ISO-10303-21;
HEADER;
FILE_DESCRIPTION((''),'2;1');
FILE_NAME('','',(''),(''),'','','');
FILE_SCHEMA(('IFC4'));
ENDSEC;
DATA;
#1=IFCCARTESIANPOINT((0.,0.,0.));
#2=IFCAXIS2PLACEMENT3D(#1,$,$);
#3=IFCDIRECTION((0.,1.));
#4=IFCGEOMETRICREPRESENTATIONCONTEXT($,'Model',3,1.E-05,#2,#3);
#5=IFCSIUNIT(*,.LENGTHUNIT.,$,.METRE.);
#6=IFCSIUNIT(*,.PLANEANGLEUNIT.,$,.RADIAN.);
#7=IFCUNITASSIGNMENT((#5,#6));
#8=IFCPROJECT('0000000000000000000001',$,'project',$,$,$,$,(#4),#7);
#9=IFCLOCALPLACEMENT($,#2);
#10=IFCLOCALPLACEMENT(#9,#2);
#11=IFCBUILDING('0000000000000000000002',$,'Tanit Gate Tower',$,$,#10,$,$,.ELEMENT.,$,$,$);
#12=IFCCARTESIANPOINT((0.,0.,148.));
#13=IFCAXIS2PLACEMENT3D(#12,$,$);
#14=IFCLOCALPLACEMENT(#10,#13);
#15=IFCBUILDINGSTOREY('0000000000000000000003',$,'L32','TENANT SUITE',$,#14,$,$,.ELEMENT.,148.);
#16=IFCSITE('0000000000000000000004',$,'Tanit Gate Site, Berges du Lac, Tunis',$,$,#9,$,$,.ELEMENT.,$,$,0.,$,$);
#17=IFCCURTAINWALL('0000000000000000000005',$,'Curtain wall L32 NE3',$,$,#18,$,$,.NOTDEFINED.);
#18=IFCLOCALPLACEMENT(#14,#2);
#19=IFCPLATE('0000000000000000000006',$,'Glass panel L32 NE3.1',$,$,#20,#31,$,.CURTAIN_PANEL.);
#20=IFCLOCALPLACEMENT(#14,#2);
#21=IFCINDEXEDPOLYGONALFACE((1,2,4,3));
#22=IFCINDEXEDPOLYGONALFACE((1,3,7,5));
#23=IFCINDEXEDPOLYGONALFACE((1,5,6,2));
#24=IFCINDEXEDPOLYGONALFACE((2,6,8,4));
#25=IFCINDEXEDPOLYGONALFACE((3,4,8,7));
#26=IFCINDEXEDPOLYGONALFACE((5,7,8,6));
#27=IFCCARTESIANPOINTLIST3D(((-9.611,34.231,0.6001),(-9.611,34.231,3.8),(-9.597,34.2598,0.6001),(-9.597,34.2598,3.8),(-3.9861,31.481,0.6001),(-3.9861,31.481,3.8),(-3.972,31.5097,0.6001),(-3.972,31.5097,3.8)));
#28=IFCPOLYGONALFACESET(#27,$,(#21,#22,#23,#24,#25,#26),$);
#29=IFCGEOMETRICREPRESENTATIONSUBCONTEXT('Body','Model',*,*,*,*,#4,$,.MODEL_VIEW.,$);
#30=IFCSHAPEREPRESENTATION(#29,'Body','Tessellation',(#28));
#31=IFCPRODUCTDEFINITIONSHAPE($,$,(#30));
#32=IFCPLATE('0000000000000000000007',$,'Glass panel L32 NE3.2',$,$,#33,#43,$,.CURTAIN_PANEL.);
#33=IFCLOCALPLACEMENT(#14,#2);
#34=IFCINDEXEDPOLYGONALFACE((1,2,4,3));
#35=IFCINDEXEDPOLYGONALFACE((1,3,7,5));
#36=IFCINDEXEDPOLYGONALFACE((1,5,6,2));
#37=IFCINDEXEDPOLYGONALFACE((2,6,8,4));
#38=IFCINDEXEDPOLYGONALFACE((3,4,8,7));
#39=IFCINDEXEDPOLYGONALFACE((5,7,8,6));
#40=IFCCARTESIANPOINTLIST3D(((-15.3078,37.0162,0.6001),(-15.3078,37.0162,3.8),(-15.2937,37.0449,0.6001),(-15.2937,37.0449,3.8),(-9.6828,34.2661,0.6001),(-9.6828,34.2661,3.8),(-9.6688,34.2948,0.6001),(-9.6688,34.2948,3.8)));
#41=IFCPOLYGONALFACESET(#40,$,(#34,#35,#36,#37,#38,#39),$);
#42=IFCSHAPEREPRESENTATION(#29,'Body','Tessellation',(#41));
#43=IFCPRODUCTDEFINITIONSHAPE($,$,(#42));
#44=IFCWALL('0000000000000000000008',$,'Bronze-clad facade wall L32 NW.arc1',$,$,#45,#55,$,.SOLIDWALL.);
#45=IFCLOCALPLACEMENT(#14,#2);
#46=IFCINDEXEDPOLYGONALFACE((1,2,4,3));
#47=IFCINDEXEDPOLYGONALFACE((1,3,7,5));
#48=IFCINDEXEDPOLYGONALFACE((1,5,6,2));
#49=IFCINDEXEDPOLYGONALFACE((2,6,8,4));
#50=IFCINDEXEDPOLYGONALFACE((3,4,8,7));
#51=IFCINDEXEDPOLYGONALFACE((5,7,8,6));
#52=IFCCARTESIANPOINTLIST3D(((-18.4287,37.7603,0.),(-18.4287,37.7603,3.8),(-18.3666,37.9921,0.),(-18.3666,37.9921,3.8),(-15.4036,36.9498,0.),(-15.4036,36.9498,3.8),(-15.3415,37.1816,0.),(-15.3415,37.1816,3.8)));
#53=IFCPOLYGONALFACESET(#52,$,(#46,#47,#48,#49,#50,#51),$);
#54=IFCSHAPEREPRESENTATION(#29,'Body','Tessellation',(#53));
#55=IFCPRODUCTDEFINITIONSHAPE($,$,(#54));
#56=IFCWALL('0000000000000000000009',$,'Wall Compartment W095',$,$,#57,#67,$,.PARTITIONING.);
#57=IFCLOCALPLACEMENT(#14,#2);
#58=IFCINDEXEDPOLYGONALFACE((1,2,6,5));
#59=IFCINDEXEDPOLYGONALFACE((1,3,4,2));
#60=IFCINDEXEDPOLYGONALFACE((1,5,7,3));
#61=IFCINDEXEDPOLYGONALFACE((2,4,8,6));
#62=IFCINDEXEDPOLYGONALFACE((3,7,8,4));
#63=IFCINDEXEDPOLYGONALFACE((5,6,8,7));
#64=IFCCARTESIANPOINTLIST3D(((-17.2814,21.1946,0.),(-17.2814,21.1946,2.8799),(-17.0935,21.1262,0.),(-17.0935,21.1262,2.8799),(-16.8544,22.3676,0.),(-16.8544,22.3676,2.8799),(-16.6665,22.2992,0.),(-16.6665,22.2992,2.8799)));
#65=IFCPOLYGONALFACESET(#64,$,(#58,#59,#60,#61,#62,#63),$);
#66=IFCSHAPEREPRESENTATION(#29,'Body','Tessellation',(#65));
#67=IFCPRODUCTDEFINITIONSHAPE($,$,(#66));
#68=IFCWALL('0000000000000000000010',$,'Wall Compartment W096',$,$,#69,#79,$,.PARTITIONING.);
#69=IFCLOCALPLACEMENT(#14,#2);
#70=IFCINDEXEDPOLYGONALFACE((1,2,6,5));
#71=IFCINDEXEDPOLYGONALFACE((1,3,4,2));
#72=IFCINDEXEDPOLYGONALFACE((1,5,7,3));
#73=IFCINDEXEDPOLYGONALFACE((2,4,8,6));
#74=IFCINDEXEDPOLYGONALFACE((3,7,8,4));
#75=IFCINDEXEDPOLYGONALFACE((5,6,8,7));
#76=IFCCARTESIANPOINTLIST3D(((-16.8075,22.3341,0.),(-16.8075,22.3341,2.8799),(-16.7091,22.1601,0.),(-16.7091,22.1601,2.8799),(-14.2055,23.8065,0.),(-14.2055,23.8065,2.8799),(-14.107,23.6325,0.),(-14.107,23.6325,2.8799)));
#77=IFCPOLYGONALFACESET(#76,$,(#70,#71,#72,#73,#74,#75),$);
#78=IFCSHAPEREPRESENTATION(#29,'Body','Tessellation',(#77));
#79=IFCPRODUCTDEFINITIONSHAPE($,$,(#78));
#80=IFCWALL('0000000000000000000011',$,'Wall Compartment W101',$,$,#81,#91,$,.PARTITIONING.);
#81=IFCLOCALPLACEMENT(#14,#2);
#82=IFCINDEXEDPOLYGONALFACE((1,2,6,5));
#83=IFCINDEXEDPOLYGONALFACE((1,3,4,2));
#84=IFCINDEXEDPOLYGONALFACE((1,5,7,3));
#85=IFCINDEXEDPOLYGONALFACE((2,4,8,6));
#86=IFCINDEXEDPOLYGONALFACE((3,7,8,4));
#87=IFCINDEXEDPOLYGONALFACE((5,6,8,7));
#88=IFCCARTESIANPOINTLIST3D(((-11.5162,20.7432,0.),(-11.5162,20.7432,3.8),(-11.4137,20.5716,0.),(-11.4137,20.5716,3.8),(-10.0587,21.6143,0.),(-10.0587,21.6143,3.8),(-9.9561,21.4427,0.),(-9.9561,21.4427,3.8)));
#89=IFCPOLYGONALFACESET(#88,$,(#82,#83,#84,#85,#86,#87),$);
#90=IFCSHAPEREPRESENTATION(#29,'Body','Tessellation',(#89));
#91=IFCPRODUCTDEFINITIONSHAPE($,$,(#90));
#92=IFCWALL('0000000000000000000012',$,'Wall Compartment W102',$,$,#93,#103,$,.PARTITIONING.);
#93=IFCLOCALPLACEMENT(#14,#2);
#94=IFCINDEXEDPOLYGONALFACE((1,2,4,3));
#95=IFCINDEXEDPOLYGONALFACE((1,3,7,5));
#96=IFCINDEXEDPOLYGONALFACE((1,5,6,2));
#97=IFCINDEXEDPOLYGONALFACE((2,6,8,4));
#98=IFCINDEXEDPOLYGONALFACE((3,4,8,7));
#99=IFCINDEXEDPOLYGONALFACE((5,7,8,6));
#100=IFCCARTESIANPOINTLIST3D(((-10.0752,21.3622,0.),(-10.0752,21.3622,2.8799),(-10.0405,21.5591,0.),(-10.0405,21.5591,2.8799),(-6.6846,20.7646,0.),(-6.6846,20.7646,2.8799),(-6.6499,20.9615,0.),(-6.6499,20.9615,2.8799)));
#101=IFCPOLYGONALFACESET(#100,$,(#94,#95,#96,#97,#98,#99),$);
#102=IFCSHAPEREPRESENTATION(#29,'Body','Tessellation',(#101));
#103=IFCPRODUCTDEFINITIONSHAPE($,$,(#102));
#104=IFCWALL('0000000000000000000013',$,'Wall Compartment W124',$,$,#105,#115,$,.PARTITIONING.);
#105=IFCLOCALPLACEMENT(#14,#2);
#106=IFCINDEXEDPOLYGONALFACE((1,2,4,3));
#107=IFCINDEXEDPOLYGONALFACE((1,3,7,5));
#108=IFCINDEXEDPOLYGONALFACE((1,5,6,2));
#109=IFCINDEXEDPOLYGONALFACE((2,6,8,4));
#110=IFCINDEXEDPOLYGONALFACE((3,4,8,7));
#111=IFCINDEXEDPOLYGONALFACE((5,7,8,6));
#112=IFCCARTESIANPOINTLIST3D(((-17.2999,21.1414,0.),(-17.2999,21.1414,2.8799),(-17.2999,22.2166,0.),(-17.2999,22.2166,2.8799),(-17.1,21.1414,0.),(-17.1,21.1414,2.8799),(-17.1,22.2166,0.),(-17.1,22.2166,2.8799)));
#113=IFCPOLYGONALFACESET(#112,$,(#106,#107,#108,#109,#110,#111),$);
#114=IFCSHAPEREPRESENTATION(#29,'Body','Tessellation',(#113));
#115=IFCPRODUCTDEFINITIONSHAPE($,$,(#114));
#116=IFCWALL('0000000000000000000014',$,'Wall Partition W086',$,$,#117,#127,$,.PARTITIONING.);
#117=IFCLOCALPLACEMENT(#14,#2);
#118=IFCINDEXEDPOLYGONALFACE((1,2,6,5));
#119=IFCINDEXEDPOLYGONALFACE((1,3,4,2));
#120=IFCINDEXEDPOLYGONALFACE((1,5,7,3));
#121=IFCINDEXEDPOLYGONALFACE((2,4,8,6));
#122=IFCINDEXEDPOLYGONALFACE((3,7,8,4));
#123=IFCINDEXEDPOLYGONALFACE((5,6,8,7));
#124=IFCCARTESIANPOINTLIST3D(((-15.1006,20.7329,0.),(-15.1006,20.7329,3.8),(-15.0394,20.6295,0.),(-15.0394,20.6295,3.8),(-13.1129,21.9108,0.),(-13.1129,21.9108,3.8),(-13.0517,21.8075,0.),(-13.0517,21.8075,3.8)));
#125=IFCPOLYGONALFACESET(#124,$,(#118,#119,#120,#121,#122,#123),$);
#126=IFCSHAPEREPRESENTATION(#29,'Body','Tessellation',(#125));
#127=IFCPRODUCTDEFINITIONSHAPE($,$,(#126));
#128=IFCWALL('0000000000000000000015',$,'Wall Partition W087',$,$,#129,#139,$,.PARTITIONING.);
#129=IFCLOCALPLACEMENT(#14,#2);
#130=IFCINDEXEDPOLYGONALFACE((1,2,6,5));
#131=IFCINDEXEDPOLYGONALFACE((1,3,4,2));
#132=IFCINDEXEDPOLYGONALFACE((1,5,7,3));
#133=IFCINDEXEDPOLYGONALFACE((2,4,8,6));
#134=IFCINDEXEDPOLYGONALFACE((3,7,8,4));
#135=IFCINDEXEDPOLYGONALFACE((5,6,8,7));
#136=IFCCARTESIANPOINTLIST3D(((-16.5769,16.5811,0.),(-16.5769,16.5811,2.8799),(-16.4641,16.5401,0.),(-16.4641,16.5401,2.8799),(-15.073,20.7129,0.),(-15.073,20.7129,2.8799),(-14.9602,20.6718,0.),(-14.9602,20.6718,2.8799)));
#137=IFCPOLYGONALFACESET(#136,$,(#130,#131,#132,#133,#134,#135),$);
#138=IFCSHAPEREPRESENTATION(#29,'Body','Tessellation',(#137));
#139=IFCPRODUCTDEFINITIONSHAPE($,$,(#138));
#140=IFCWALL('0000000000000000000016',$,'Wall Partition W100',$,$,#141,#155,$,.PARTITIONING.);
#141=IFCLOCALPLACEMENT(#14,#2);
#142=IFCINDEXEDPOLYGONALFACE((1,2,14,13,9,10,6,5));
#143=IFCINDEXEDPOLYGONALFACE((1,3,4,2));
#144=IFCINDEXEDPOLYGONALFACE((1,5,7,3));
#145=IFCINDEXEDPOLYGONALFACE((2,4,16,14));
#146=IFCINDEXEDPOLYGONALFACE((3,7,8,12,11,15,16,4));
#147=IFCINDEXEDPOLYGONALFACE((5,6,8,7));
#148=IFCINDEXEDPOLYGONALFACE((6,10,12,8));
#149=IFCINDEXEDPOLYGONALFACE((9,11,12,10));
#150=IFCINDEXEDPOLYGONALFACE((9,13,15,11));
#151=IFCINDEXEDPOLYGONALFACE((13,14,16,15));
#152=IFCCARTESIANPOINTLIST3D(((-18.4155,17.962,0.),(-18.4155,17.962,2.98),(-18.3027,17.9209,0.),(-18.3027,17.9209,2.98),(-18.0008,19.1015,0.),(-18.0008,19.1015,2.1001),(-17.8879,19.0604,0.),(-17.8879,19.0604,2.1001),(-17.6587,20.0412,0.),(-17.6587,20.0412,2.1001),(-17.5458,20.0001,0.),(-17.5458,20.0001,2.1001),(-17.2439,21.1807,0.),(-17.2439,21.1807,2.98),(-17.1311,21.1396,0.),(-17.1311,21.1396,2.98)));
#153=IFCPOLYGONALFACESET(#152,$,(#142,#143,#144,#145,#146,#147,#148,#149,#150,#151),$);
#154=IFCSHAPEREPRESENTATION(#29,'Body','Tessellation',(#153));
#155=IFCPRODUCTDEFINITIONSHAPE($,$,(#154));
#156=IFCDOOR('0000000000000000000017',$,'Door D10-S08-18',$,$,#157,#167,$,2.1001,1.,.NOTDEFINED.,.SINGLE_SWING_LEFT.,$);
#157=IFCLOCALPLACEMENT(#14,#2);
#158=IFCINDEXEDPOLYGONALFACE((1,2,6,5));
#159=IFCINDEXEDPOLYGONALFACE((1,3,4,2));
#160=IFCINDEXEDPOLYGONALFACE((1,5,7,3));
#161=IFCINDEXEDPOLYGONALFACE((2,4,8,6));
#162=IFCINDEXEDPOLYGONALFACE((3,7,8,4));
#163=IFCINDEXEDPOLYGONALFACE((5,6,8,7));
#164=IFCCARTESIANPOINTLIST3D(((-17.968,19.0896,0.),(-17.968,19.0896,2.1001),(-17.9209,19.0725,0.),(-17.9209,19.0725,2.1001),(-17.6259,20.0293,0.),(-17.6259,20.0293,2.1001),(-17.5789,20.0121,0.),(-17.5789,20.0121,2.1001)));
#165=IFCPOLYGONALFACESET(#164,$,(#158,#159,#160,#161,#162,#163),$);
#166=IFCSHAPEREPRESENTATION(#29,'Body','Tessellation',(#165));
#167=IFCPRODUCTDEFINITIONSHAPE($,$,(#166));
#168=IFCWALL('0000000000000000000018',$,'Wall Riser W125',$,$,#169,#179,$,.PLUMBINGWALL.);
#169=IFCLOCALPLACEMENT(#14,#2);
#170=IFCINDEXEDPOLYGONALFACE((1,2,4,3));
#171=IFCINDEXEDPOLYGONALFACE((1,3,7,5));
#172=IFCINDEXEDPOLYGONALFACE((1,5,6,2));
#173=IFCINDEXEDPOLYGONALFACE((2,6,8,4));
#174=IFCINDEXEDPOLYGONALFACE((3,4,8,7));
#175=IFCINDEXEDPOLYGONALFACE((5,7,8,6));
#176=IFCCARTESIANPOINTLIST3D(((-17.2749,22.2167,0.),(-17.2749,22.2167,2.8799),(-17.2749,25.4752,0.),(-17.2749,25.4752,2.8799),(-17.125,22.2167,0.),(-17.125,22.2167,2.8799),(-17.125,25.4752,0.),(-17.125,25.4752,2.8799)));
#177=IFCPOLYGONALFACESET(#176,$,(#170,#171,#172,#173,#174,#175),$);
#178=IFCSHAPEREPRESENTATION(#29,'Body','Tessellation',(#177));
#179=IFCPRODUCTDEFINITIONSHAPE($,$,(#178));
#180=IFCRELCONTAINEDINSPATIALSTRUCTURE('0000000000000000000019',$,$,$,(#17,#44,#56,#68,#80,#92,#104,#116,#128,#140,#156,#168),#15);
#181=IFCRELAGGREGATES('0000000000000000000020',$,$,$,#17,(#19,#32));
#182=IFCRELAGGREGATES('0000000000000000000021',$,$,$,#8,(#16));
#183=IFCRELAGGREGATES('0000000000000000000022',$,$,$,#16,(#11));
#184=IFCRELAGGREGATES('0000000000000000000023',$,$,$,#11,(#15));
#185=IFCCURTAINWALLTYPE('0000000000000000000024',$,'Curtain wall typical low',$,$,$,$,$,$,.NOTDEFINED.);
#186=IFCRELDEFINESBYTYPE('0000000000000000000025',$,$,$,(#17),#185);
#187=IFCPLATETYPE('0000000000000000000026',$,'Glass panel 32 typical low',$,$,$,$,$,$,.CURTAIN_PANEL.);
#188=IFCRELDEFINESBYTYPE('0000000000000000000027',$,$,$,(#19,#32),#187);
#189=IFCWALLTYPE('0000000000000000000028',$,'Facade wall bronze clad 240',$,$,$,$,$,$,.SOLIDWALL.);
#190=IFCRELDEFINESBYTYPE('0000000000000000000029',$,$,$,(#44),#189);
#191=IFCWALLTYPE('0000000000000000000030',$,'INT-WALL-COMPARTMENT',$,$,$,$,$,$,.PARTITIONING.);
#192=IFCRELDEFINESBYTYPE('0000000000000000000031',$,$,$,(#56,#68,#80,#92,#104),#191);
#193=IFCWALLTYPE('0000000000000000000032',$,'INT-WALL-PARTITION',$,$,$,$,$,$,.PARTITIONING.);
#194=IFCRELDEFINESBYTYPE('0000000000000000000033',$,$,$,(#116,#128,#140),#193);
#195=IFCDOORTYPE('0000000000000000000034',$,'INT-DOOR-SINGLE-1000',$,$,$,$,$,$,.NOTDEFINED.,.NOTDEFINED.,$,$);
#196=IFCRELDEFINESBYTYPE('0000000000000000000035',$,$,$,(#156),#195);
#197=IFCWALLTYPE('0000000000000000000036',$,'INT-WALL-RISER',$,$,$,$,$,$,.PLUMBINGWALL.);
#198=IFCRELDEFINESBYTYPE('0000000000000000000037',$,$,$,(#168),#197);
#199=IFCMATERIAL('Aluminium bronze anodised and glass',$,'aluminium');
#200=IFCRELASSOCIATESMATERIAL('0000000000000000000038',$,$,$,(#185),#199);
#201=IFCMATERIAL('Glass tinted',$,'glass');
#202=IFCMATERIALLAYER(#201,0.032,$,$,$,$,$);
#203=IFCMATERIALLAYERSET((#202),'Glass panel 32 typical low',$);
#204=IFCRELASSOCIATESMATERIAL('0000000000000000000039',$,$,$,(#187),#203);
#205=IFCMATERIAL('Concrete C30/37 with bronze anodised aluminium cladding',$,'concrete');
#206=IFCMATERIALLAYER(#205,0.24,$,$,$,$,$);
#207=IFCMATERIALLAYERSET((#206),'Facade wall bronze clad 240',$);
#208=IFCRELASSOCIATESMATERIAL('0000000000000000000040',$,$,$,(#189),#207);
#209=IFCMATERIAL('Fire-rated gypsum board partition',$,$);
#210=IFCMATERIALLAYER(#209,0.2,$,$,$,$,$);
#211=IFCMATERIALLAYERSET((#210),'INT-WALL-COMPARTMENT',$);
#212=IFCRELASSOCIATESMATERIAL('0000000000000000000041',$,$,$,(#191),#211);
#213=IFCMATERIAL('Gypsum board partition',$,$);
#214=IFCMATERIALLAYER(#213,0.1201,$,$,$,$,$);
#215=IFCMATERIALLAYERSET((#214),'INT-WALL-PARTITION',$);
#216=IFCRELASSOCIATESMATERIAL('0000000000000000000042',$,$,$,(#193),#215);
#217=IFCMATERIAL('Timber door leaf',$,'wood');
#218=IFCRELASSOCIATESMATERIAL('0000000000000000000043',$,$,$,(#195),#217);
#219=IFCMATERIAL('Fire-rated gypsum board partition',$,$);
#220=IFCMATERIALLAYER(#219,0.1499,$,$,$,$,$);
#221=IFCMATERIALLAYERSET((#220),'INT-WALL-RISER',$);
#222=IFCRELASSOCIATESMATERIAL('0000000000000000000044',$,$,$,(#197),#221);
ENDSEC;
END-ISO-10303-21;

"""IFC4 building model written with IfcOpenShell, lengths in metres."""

from ifc_helpers import new_model, si_unit, direction, frame, frame_2d, origin, origin_2d, place, context, subcontext, project, spatial, rectangle, extrude, material, layer, layer_set, type_object, element, fill, aggregate, save


model = new_model("IFC4")

# Units and contexts
model_context = context("Model", 3, precision=1e-05, world=origin(), true_north=direction((0.0, 1.0)))
body_context = subcontext(model_context, "Body", "Model", "MODEL_VIEW")
ifc_project = project(units=[si_unit("LENGTHUNIT", "METRE"), si_unit("PLANEANGLEUNIT", "RADIAN")], contexts=[model_context])

# Site, building, storey
site_placement = place(None, origin())
site = spatial("IfcSite", under=ifc_project, at=site_placement, Name="Tanit Gate Site, Berges du Lac, Tunis", CompositionType="ELEMENT", RefElevation=0.0)
building_placement = place(site_placement, origin())
building = spatial("IfcBuilding", under=site, at=building_placement, Name="Tanit Gate Tower", CompositionType="ELEMENT")
storey_placement = place(building_placement, frame((0.0, 0.0, 148.0)))
storey = spatial("IfcBuildingStorey", under=building, at=storey_placement, Name="L32", Description="TENANT SUITE", CompositionType="ELEMENT", Elevation=148.0)

# Curtain wall
ifc_material_1 = material(Name="Aluminium bronze anodised and glass", Category="aluminium")
curtain_wall_type = type_object("IfcCurtainWallType", Name="Curtain wall typical low", PredefinedType="NOTDEFINED", material=ifc_material_1)
curtain_wall_placement = place(storey_placement, origin())
curtain_wall = element("IfcCurtainWall", 1, at=curtain_wall_placement, inside=storey, type_object=curtain_wall_type, Name="Curtain wall L32 NE3", PredefinedType="NOTDEFINED")

# Plates
ifc_material_2 = material(Name="Glass tinted", Category="glass")
ifc_layer_1 = layer(ifc_material_2, 0.032)
ifc_layer_set_1 = layer_set([ifc_layer_1], Name="Glass panel 32 typical low")
plate_type = type_object("IfcPlateType", Name="Glass panel 32 typical low", PredefinedType="CURTAIN_PANEL", material=ifc_layer_set_1)
plate_1_placement = place(storey_placement, frame((-6.7915, 32.8704, 0.6001), z_axis=(0.0, 0.0, 1.0), x_axis=(-0.898379, 0.439222, 0.0)))
plate_1 = element("IfcPlate", 2, at=plate_1_placement, type_object=plate_type, Name="Glass panel L32 NE3.1", PredefinedType="CURTAIN_PANEL", context=body_context, shape_type="SweptSolid", body=[
    extrude(rectangle(XDim=6.2612, YDim=0.032, at=origin_2d()), origin(), (0.0, 0.0, 1.0), 3.2),
])
plate_2_placement = place(storey_placement, frame((-12.4883, 35.6555, 0.6001), z_axis=(0.0, 0.0, 1.0), x_axis=(-0.898379, 0.439222, 0.0)))
plate_2 = element("IfcPlate", 3, at=plate_2_placement, type_object=plate_type, Name="Glass panel L32 NE3.2", PredefinedType="CURTAIN_PANEL", context=body_context, shape_type="SweptSolid", body=[
    extrude(rectangle(XDim=6.2612, YDim=0.032, at=origin_2d()), origin(), (0.0, 0.0, 1.0), 3.2),
])
aggregate(curtain_wall, [plate_1, plate_2])

# Walls
ifc_material_3 = material(Name="Concrete C30/37 with bronze anodised aluminium cladding", Category="concrete")
ifc_layer_2 = layer(ifc_material_3, 0.24)
ifc_layer_set_2 = layer_set([ifc_layer_2], Name="Facade wall bronze clad 240")
wall_type_1 = type_object("IfcWallType", Name="Facade wall bronze clad 240", PredefinedType="SOLIDWALL", material=ifc_layer_set_2)
wall_1_placement = place(storey_placement, frame((-15.3726, 37.0657, 0.0), z_axis=(0.0, 0.0, 1.0), x_axis=(-0.965929, 0.258808, 0.0)))
element("IfcWall", 4, at=wall_1_placement, inside=storey, type_object=wall_type_1, Name="Bronze-clad facade wall L32 NW.arc1", PredefinedType="SOLIDWALL", context=body_context, shape_type="SweptSolid", body=[
    extrude(rectangle(XDim=3.1318, YDim=0.24, at=frame_2d((1.5659, 0.0))), origin(), (0.0, 0.0, 1.0), 3.8),
])
ifc_material_4 = material(Name="Fire-rated gypsum board partition")
ifc_layer_3 = layer(ifc_material_4, 0.2)
ifc_layer_set_3 = layer_set([ifc_layer_3], Name="INT-WALL-COMPARTMENT")
wall_type_2 = type_object("IfcWallType", Name="INT-WALL-COMPARTMENT", PredefinedType="PARTITIONING", material=ifc_layer_set_3)
wall_2_placement = place(storey_placement, frame((-16.7605, 22.3333, 0.0), z_axis=(0.0, 0.0, 1.0), x_axis=(-0.342041, -0.939685, 0.0)))
element("IfcWall", 5, at=wall_2_placement, inside=storey, type_object=wall_type_2, Name="Wall Compartment W095", PredefinedType="PARTITIONING", context=body_context, shape_type="SweptSolid", body=[
    extrude(rectangle(XDim=1.2483, YDim=0.2, at=frame_2d((0.624, 0.0))), origin(), (0.0, 0.0, 1.0), 2.8799),
])
wall_3_placement = place(storey_placement, frame((-14.1562, 23.7195, 0.0), z_axis=(0.0, 0.0, 1.0), x_axis=(-0.870321, -0.492485, 0.0)))
element("IfcWall", 6, at=wall_3_placement, inside=storey, type_object=wall_type_2, Name="Wall Compartment W096", PredefinedType="PARTITIONING", context=body_context, shape_type="SweptSolid", body=[
    extrude(rectangle(XDim=2.9897, YDim=0.2, at=frame_2d((1.4949, 0.0))), origin(), (0.0, 0.0, 1.0), 2.8799),
])
wall_4_placement = place(storey_placement, frame((-10.0073, 21.5286, 0.0), z_axis=(0.0, 0.0, 1.0), x_axis=(-0.85838, -0.513015, 0.0)))
element("IfcWall", 7, at=wall_4_placement, inside=storey, type_object=wall_type_2, Name="Wall Compartment W101", PredefinedType="PARTITIONING", context=body_context, shape_type="SweptSolid", body=[
    extrude(rectangle(XDim=1.698, YDim=0.2, at=frame_2d((0.8491, 0.0))), origin(), (0.0, 0.0, 1.0), 3.8),
])
wall_5_placement = place(storey_placement, frame((-6.6672, 20.863, 0.0), z_axis=(0.0, 0.0, 1.0), x_axis=(-0.984818, 0.173591, 0.0)))
element("IfcWall", 8, at=wall_5_placement, inside=storey, type_object=wall_type_2, Name="Wall Compartment W102", PredefinedType="PARTITIONING", context=body_context, shape_type="SweptSolid", body=[
    extrude(rectangle(XDim=3.4429, YDim=0.2, at=frame_2d((1.7214, 0.0))), origin(), (0.0, 0.0, 1.0), 2.8799),
])
wall_6_placement = place(storey_placement, frame((-17.2, 21.1414, 0.0), z_axis=(0.0, 0.0, 1.0), x_axis=(0.0, 1.0, 0.0)))
element("IfcWall", 9, at=wall_6_placement, inside=storey, type_object=wall_type_2, Name="Wall Compartment W124", PredefinedType="PARTITIONING", context=body_context, shape_type="SweptSolid", body=[
    extrude(rectangle(XDim=1.0752, YDim=0.2, at=frame_2d((0.5376, 0.0))), origin(), (0.0, 0.0, 1.0), 2.8799),
])
ifc_material_5 = material(Name="Gypsum board partition")
ifc_layer_4 = layer(ifc_material_5, 0.1201)
ifc_layer_set_4 = layer_set([ifc_layer_4], Name="INT-WALL-PARTITION")
wall_type_3 = type_object("IfcWallType", Name="INT-WALL-PARTITION", PredefinedType="PARTITIONING", material=ifc_layer_set_4)
wall_7_placement = place(storey_placement, frame((-13.0823, 21.8591, 0.0), z_axis=(0.0, 0.0, 1.0), x_axis=(-0.860286, -0.509811, 0.0)))
element("IfcWall", 10, at=wall_7_placement, inside=storey, type_object=wall_type_3, Name="Wall Partition W086", PredefinedType="PARTITIONING", context=body_context, shape_type="SweptSolid", body=[
    extrude(rectangle(XDim=2.3105, YDim=0.1201, at=frame_2d((1.1553, 0.0))), origin(), (0.0, 0.0, 1.0), 3.8),
])
wall_8_placement = place(storey_placement, frame((-15.0166, 20.6924, 0.0), z_axis=(0.0, 0.0, 1.0), x_axis=(-0.342028, -0.93969, 0.0)))
element("IfcWall", 11, at=wall_8_placement, inside=storey, type_object=wall_type_3, Name="Wall Partition W087", PredefinedType="PARTITIONING", context=body_context, shape_type="SweptSolid", body=[
    extrude(rectangle(XDim=4.397, YDim=0.1201, at=frame_2d((2.1985, 0.0))), origin(), (0.0, 0.0, 1.0), 2.8799),
])

# Wall, opening, door
wall_9_placement = place(storey_placement, frame((-17.1875, 21.1602, 0.0), z_axis=(0.0, 0.0, 1.0), x_axis=(-0.342046, -0.939683, 0.0)))
wall_9 = element("IfcWall", 12, at=wall_9_placement, inside=storey, type_object=wall_type_3, Name="Wall Partition W100", PredefinedType="PARTITIONING", context=body_context, shape_type="SweptSolid", body=[
    extrude(rectangle(XDim=3.4253, YDim=0.1201, at=frame_2d((1.7126, 0.0))), origin(), (0.0, 0.0, 1.0), 2.98),
])
opening_1_placement = place(wall_9_placement, frame((1.2126, 0.0, 0.0)))
opening_1 = element("IfcOpeningElement", 13, at=opening_1_placement, cuts=wall_9, PredefinedType="OPENING", context=body_context, shape_type="SweptSolid", body=[
    extrude(rectangle(XDim=1.0, YDim=2.1001, at=frame_2d((0.5, 1.05))), frame((0.0, 0.0701, 0.0), z_axis=(0.0, -1.0, 0.0), x_axis=(1.0, 0.0, 0.0)), (0.0, 0.0, 1.0), 0.1401),
])
ifc_material_6 = material(Name="Timber door leaf", Category="wood")
door_type_1 = type_object("IfcDoorType", Name="INT-DOOR-SINGLE-1000", OperationType="NOTDEFINED", PredefinedType="NOTDEFINED", material=ifc_material_6)
door_1_placement = place(opening_1_placement, origin())
door_1 = element("IfcDoor", 14, at=door_1_placement, inside=storey, type_object=door_type_1, Name="Door D10-S08-18", OperationType="SINGLE_SWING_LEFT", OverallHeight=2.1001, OverallWidth=1.0, PredefinedType="NOTDEFINED", context=body_context, shape_type="SweptSolid", body=[
    extrude(rectangle(XDim=1.0, YDim=2.1001, at=frame_2d((0.5, 1.05))), frame((0.0, 0.0249, 0.0), z_axis=(0.0, -1.0, 0.0), x_axis=(1.0, 0.0, 0.0)), (0.0, 0.0, 1.0), 0.05),
])
fill(opening_1, door_1)

# Wall
ifc_material_7 = material(Name="Fire-rated gypsum board partition")
ifc_layer_5 = layer(ifc_material_7, 0.1499)
ifc_layer_set_5 = layer_set([ifc_layer_5], Name="INT-WALL-RISER")
wall_type_4 = type_object("IfcWallType", Name="INT-WALL-RISER", PredefinedType="PLUMBINGWALL", material=ifc_layer_set_5)
wall_10_placement = place(storey_placement, frame((-17.2, 22.2166, 0.0), z_axis=(0.0, 0.0, 1.0), x_axis=(0.0, 1.0, 0.0)))
element("IfcWall", 15, at=wall_10_placement, inside=storey, type_object=wall_type_4, Name="Wall Riser W125", PredefinedType="PLUMBINGWALL", context=body_context, shape_type="SweptSolid", body=[
    extrude(rectangle(XDim=3.2585, YDim=0.1499, at=frame_2d((1.6294, 0.0))), origin(), (0.0, 0.0, 1.0), 2.8799),
])

save(model, "model.ifc")
